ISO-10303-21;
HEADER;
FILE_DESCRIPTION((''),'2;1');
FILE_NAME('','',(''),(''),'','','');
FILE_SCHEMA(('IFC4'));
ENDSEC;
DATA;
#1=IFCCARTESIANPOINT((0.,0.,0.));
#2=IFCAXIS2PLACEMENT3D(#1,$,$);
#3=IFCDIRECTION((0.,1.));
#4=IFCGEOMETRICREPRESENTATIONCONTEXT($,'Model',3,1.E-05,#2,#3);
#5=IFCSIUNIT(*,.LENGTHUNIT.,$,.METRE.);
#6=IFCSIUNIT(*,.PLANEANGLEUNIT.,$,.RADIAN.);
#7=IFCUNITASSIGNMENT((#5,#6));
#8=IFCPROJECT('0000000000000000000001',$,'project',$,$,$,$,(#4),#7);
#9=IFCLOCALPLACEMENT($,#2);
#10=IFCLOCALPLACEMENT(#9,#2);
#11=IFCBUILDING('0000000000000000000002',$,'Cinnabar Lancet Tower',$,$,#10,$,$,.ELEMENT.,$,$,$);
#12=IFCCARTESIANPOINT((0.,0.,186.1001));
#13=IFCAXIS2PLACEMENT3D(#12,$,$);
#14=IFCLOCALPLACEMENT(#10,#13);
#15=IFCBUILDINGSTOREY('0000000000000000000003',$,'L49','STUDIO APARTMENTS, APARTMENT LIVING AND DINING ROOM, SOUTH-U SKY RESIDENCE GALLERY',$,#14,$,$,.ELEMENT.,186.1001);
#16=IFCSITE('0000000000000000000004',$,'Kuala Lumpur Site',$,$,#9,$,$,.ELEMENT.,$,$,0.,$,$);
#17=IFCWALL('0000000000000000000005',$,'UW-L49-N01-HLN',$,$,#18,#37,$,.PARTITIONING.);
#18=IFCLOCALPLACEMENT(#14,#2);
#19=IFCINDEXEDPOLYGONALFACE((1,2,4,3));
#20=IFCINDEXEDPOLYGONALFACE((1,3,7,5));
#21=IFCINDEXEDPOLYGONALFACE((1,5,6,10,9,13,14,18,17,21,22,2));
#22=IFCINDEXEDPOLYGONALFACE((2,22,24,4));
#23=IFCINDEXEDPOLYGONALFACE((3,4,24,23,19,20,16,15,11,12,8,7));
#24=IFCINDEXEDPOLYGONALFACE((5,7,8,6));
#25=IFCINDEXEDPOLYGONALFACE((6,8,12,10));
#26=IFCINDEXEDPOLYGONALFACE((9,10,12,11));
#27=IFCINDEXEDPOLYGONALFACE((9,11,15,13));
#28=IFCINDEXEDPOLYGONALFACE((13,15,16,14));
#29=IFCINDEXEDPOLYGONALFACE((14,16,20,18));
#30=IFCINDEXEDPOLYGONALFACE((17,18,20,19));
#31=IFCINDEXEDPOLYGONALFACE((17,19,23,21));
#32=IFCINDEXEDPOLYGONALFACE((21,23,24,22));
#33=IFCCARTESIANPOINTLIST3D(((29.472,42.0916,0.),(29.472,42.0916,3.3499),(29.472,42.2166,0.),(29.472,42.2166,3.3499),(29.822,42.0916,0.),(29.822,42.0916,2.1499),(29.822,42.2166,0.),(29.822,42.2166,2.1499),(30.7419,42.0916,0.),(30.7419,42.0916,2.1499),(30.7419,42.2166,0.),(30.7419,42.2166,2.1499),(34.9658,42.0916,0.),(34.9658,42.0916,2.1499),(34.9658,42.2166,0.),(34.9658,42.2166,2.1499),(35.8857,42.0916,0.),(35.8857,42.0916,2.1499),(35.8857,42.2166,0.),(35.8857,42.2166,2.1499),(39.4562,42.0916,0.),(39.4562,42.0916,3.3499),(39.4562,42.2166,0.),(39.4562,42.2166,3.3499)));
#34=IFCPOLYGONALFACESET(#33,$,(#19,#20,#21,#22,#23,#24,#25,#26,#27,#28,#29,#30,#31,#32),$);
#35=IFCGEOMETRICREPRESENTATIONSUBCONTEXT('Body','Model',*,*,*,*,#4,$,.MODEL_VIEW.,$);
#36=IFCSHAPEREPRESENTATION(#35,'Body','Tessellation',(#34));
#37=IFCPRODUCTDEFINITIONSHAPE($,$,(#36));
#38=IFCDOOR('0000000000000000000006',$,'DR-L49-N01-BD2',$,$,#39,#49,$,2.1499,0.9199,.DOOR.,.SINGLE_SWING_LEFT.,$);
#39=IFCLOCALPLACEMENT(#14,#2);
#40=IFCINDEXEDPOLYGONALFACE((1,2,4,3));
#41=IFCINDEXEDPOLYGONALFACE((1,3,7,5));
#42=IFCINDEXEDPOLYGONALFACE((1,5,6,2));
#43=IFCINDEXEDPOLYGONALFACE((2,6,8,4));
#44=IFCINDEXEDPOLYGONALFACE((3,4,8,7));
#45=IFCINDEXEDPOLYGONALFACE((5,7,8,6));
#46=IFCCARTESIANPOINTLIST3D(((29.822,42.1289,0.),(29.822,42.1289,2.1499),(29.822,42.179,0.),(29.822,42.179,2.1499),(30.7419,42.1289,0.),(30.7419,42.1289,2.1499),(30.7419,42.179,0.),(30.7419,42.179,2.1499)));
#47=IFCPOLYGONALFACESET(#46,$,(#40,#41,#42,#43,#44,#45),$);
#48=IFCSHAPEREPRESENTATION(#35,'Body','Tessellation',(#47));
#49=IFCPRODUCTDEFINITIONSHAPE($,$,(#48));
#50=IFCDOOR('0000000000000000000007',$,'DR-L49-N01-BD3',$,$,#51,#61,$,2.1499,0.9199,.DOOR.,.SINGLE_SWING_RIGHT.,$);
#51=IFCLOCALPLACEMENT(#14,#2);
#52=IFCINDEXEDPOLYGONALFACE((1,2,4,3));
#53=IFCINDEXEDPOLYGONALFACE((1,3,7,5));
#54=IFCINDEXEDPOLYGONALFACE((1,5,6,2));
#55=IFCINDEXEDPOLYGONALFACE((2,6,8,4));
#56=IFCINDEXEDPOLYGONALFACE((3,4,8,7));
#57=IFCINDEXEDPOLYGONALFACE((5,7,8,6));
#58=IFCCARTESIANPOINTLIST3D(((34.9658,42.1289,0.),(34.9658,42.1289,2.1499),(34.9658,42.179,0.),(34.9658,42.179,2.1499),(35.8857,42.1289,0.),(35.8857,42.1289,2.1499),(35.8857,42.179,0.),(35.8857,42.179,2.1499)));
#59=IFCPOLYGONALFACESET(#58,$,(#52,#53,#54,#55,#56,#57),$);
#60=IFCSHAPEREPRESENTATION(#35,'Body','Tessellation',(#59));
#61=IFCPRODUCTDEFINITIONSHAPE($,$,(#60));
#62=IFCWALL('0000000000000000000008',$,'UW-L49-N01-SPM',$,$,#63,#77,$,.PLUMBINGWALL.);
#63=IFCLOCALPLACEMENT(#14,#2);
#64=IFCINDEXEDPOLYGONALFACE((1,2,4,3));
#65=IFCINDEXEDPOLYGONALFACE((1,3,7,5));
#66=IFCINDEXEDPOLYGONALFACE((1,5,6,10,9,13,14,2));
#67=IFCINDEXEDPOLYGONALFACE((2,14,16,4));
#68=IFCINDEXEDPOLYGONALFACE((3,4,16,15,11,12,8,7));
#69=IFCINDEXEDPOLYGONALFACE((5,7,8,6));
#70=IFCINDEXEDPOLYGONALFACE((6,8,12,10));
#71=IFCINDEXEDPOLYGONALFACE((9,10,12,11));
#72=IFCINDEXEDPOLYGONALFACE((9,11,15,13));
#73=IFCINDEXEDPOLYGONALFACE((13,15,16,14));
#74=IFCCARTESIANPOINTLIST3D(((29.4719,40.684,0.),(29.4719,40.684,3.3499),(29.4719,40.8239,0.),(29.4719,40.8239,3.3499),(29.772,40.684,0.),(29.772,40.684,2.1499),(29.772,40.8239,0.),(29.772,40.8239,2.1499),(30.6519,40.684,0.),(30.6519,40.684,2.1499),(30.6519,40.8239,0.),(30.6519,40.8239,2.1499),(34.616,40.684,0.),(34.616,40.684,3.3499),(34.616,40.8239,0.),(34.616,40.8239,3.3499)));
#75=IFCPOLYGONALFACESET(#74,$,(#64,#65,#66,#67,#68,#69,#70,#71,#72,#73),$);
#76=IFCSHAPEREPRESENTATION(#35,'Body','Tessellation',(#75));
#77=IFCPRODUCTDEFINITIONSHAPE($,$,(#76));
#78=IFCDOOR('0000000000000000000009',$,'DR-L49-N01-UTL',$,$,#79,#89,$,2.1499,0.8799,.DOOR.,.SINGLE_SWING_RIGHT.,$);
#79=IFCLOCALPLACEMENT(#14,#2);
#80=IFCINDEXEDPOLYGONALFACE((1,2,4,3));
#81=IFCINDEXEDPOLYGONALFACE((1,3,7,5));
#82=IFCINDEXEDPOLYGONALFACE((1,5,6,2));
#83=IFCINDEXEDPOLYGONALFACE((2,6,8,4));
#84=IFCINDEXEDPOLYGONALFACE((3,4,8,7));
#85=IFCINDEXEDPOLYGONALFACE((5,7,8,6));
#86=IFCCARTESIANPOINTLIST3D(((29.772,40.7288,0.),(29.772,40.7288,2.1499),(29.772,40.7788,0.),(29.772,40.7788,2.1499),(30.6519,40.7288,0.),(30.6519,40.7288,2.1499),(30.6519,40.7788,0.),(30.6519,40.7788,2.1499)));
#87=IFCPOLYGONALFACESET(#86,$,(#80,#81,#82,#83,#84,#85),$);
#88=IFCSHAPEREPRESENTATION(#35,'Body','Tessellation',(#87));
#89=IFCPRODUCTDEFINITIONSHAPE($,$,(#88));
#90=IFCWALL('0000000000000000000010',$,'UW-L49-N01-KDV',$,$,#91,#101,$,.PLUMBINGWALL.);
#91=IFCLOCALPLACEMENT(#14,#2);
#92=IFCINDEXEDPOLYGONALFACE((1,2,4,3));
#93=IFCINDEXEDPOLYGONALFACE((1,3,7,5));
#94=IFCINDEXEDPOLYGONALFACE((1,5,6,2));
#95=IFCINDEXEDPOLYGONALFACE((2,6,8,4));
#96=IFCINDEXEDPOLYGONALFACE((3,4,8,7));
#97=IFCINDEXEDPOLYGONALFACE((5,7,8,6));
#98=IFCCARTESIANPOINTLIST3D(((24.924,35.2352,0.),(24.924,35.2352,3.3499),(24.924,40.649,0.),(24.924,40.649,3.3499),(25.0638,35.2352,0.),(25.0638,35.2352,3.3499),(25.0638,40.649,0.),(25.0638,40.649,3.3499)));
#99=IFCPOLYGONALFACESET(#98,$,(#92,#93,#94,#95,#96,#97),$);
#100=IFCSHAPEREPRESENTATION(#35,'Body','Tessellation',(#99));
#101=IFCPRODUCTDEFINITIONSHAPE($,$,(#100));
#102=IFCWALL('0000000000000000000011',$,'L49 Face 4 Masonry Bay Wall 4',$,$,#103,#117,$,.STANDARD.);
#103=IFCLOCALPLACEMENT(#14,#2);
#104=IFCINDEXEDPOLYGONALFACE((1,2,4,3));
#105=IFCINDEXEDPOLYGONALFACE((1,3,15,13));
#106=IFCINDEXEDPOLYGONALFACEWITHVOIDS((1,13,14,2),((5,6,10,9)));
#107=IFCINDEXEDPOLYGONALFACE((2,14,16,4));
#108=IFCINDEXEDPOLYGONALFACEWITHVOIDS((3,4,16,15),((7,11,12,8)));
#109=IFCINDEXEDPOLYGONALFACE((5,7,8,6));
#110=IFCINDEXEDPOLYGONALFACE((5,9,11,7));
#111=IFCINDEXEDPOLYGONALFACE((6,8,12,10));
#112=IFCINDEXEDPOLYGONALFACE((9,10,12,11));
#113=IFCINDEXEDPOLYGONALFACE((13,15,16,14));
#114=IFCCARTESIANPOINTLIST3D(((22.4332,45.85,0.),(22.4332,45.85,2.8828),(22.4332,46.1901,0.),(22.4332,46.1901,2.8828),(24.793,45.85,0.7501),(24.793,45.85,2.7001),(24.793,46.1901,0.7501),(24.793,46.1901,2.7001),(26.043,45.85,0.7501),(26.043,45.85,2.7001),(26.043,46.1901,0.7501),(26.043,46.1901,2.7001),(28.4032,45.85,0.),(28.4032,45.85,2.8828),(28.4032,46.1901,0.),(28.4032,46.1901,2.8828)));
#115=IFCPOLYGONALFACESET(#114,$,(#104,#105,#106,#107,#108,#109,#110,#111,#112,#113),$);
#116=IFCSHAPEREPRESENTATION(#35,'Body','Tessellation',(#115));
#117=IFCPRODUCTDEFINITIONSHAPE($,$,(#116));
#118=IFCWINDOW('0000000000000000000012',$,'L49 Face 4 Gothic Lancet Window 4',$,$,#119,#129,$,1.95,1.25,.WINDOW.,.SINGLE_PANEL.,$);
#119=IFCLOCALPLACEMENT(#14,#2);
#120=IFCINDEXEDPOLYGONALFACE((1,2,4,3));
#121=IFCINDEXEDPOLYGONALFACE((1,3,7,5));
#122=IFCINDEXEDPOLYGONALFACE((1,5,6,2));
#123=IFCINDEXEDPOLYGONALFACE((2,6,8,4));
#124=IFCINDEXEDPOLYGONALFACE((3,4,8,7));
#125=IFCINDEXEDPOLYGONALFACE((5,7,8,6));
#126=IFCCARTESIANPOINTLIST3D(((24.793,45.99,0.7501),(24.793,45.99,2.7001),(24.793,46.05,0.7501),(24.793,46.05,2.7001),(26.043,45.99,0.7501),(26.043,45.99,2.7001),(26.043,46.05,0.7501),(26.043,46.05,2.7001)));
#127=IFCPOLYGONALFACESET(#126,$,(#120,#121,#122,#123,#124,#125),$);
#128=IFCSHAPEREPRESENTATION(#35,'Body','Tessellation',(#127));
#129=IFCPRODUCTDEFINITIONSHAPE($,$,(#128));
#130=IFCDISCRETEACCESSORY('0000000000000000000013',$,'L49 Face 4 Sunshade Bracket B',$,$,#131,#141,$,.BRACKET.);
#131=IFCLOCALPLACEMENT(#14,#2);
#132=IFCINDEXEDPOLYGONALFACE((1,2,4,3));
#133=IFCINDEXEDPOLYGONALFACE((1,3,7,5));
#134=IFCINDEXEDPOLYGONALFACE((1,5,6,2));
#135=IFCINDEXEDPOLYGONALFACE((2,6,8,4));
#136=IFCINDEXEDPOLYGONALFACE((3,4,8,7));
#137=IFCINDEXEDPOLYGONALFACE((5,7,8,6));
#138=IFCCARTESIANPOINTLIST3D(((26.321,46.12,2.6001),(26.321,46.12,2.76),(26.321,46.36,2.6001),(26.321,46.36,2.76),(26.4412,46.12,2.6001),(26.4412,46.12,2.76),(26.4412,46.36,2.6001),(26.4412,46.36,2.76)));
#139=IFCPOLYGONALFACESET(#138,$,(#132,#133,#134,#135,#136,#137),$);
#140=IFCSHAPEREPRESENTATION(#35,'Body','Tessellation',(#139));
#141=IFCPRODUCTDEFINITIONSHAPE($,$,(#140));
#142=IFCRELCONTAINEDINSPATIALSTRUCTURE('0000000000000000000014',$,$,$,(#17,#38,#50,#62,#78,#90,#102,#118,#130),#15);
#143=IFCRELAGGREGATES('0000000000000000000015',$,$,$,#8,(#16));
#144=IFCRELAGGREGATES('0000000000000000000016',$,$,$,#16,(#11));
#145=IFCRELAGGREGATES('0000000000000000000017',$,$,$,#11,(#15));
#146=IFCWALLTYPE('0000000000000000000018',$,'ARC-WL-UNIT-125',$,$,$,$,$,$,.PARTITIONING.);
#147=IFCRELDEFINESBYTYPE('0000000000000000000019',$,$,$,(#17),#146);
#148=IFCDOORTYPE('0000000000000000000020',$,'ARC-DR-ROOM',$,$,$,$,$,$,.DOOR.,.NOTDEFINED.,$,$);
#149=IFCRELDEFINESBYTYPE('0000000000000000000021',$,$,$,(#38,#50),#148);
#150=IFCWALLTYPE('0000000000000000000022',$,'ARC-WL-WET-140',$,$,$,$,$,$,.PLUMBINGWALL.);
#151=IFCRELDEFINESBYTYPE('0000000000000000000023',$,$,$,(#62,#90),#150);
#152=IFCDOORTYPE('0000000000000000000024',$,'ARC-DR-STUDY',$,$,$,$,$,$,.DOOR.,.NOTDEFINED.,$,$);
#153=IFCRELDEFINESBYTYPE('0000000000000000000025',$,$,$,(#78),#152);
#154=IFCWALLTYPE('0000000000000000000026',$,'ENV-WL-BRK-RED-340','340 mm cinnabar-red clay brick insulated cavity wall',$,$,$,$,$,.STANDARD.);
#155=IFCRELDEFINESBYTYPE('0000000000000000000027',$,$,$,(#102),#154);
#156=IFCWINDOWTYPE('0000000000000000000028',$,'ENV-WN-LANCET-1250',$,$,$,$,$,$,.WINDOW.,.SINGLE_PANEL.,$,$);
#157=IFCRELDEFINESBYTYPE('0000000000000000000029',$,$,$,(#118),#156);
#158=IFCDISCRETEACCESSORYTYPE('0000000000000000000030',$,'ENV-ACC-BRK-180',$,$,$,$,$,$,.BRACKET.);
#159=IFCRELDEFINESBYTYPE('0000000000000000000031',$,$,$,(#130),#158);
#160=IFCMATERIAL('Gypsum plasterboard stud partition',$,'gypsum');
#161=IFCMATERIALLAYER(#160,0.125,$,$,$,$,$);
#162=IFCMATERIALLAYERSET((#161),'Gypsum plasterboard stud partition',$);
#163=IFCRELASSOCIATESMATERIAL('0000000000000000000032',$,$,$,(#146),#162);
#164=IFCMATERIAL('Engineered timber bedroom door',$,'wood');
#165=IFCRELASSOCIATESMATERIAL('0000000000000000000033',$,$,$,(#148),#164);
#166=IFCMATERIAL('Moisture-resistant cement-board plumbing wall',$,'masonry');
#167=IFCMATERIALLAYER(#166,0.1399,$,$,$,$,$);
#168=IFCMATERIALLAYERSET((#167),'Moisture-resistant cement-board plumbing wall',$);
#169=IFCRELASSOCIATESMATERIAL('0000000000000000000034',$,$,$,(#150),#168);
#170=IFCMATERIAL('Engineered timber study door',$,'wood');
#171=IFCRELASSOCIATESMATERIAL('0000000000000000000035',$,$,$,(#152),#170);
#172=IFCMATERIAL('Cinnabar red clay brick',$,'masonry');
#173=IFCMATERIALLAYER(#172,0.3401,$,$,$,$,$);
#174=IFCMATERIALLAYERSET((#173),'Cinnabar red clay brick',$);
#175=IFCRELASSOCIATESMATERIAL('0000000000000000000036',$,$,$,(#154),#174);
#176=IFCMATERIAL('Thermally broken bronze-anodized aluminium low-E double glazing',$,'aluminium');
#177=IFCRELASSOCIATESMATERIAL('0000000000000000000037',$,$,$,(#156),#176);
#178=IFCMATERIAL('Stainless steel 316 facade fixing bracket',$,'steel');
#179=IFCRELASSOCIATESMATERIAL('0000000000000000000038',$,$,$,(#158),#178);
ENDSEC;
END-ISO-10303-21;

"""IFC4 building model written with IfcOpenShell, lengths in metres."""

from ifc_helpers import new_model, si_unit, direction, frame, frame_2d, origin, origin_2d, place, context, subcontext, project, spatial, rectangle, extrude, material, layer, layer_set, type_object, element, fill, save


model = new_model("IFC4")

# Units and contexts
model_context = context("Model", 3, precision=1e-05, world=origin(), true_north=direction((0.0, 1.0)))
body_context = subcontext(model_context, "Body", "Model", "MODEL_VIEW")
ifc_project = project(units=[si_unit("LENGTHUNIT", "METRE"), si_unit("PLANEANGLEUNIT", "RADIAN")], contexts=[model_context])

# Site, building, storey
site_placement = place(None, origin())
site = spatial("IfcSite", under=ifc_project, at=site_placement, Name="Kuala Lumpur Site", CompositionType="ELEMENT", RefElevation=0.0)
building_placement = place(site_placement, origin())
building = spatial("IfcBuilding", under=site, at=building_placement, Name="Cinnabar Lancet Tower", CompositionType="ELEMENT")
storey_placement = place(building_placement, frame((0.0, 0.0, 186.1001)))
storey = spatial("IfcBuildingStorey", under=building, at=storey_placement, Name="L49", Description="STUDIO APARTMENTS, APARTMENT LIVING AND DINING ROOM, SOUTH-U SKY RESIDENCE GALLERY", CompositionType="ELEMENT", Elevation=186.1001)

# Shared definitions
ifc_material_1 = material(Name="Gypsum plasterboard stud partition", Category="gypsum")
ifc_layer_1 = layer(ifc_material_1, 0.125)
ifc_layer_set_1 = layer_set([ifc_layer_1], Name="Gypsum plasterboard stud partition")
wall_type_1 = type_object("IfcWallType", Name="ARC-WL-UNIT-125", PredefinedType="PARTITIONING", material=ifc_layer_set_1)

# Wall, openings, doors
wall_1_placement = place(storey_placement, frame((29.4719, 42.1541, 0.0), z_axis=(0.0, 0.0, 1.0), x_axis=(1.0, 0.0, 0.0)))
wall_1 = element("IfcWall", 1, at=wall_1_placement, inside=storey, type_object=wall_type_1, Name="UW-L49-N01-HLN", PredefinedType="PARTITIONING", context=body_context, shape_type="SweptSolid", body=[
    extrude(rectangle(XDim=9.9841, YDim=0.125, at=frame_2d((4.9922, 0.0))), origin(), (0.0, 0.0, 1.0), 3.3499),
])
opening_1_placement = place(wall_1_placement, frame((0.3501, 0.0, 0.0)))
opening_1 = element("IfcOpeningElement", 2, at=opening_1_placement, cuts=wall_1, PredefinedType="OPENING", context=body_context, shape_type="SweptSolid", body=[
    extrude(rectangle(XDim=0.9199, YDim=2.1499, at=frame_2d((0.46, 1.075))), frame((0.0, 0.0725, 0.0), z_axis=(0.0, -1.0, 0.0), x_axis=(1.0, 0.0, 0.0)), (0.0, 0.0, 1.0), 0.145),
])
opening_2_placement = place(wall_1_placement, frame((5.4939, 0.0, 0.0)))
opening_2 = element("IfcOpeningElement", 3, at=opening_2_placement, cuts=wall_1, PredefinedType="OPENING", context=body_context, shape_type="SweptSolid", body=[
    extrude(rectangle(XDim=0.9199, YDim=2.1499, at=frame_2d((0.46, 1.075))), frame((0.0, 0.0725, 0.0), z_axis=(0.0, -1.0, 0.0), x_axis=(1.0, 0.0, 0.0)), (0.0, 0.0, 1.0), 0.145),
])
ifc_material_2 = material(Name="Engineered timber bedroom door", Category="wood")
door_type_1 = type_object("IfcDoorType", Name="ARC-DR-ROOM", OperationType="NOTDEFINED", PredefinedType="DOOR", material=ifc_material_2)
door_1_placement = place(opening_1_placement, origin())
door_1 = element("IfcDoor", 4, at=door_1_placement, inside=storey, type_object=door_type_1, Name="DR-L49-N01-BD2", OperationType="SINGLE_SWING_LEFT", OverallHeight=2.1499, OverallWidth=0.9199, PredefinedType="DOOR", context=body_context, shape_type="SweptSolid", body=[
    extrude(rectangle(XDim=0.9199, YDim=2.1499, at=frame_2d((0.46, 1.075))), frame((0.0, 0.0249, 0.0), z_axis=(0.0, -1.0, 0.0), x_axis=(1.0, 0.0, 0.0)), (0.0, 0.0, 1.0), 0.05),
])
fill(opening_1, door_1)
door_2_placement = place(opening_2_placement, origin())
door_2 = element("IfcDoor", 5, at=door_2_placement, inside=storey, type_object=door_type_1, Name="DR-L49-N01-BD3", OperationType="SINGLE_SWING_RIGHT", OverallHeight=2.1499, OverallWidth=0.9199, PredefinedType="DOOR", context=body_context, shape_type="SweptSolid", body=[
    extrude(rectangle(XDim=0.9199, YDim=2.1499, at=frame_2d((0.46, 1.075))), frame((0.0, 0.0249, 0.0), z_axis=(0.0, -1.0, 0.0), x_axis=(1.0, 0.0, 0.0)), (0.0, 0.0, 1.0), 0.05),
])
fill(opening_2, door_2)
ifc_material_3 = material(Name="Moisture-resistant cement-board plumbing wall", Category="masonry")
ifc_layer_2 = layer(ifc_material_3, 0.1399)
ifc_layer_set_2 = layer_set([ifc_layer_2], Name="Moisture-resistant cement-board plumbing wall")
wall_type_2 = type_object("IfcWallType", Name="ARC-WL-WET-140", PredefinedType="PLUMBINGWALL", material=ifc_layer_set_2)
ifc_material_4 = material(Name="Engineered timber study door", Category="wood")
door_type_2 = type_object("IfcDoorType", Name="ARC-DR-STUDY", OperationType="NOTDEFINED", PredefinedType="DOOR", material=ifc_material_4)

# Wall, opening, door
wall_2_placement = place(storey_placement, frame((29.4719, 40.7539, 0.0), z_axis=(0.0, 0.0, 1.0), x_axis=(1.0, 0.0, 0.0)))
wall_2 = element("IfcWall", 6, at=wall_2_placement, inside=storey, type_object=wall_type_2, Name="UW-L49-N01-SPM", PredefinedType="PLUMBINGWALL", context=body_context, shape_type="SweptSolid", body=[
    extrude(rectangle(XDim=5.144, YDim=0.1399, at=frame_2d((2.572, 0.0))), origin(), (0.0, 0.0, 1.0), 3.3499),
])
opening_3_placement = place(wall_2_placement, frame((0.3, 0.0, 0.0)))
opening_3 = element("IfcOpeningElement", 7, at=opening_3_placement, cuts=wall_2, PredefinedType="OPENING", context=body_context, shape_type="SweptSolid", body=[
    extrude(rectangle(XDim=0.8799, YDim=2.1499, at=frame_2d((0.4399, 1.075))), frame((0.0, 0.0798, 0.0), z_axis=(0.0, -1.0, 0.0), x_axis=(1.0, 0.0, 0.0)), (0.0, 0.0, 1.0), 0.1599),
])
door_3_placement = place(opening_3_placement, origin())
door_3 = element("IfcDoor", 8, at=door_3_placement, inside=storey, type_object=door_type_2, Name="DR-L49-N01-UTL", OperationType="SINGLE_SWING_RIGHT", OverallHeight=2.1499, OverallWidth=0.8799, PredefinedType="DOOR", context=body_context, shape_type="SweptSolid", body=[
    extrude(rectangle(XDim=0.8799, YDim=2.1499, at=frame_2d((0.4399, 1.075))), frame((0.0, 0.0249, 0.0), z_axis=(0.0, -1.0, 0.0), x_axis=(1.0, 0.0, 0.0)), (0.0, 0.0, 1.0), 0.05),
])
fill(opening_3, door_3)

# Wall
wall_3_placement = place(storey_placement, frame((24.9939, 35.2351, 0.0), z_axis=(0.0, 0.0, 1.0), x_axis=(0.0, 1.0, 0.0)))
element("IfcWall", 9, at=wall_3_placement, inside=storey, type_object=wall_type_2, Name="UW-L49-N01-KDV", PredefinedType="PLUMBINGWALL", context=body_context, shape_type="SweptSolid", body=[
    extrude(rectangle(XDim=5.4138, YDim=0.1399, at=frame_2d((2.707, 0.0))), origin(), (0.0, 0.0, 1.0), 3.3499),
])

# Wall, opening, window
ifc_material_5 = material(Name="Cinnabar red clay brick", Category="masonry")
ifc_layer_3 = layer(ifc_material_5, 0.3401)
ifc_layer_set_3 = layer_set([ifc_layer_3], Name="Cinnabar red clay brick")
wall_type_3 = type_object("IfcWallType", Name="ENV-WL-BRK-RED-340", Description="340 mm cinnabar-red clay brick insulated cavity wall", PredefinedType="STANDARD", material=ifc_layer_set_3)
wall_4_placement = place(storey_placement, frame((28.4031, 46.02, 0.0), z_axis=(0.0, 0.0, 1.0), x_axis=(-1.0, 0.0, 0.0)))
wall_4 = element("IfcWall", 10, at=wall_4_placement, inside=storey, type_object=wall_type_3, Name="L49 Face 4 Masonry Bay Wall 4", PredefinedType="STANDARD", context=body_context, shape_type="SweptSolid", body=[
    extrude(rectangle(XDim=5.97, YDim=0.3401, at=frame_2d((2.9849, 0.0))), origin(), (0.0, 0.0, 1.0), 2.8828),
])
opening_4_placement = place(wall_4_placement, frame((2.3601, 0.0, 0.75)))
opening_4 = element("IfcOpeningElement", 11, at=opening_4_placement, cuts=wall_4, PredefinedType="OPENING", context=body_context, shape_type="SweptSolid", body=[
    extrude(rectangle(XDim=1.25, YDim=1.95, at=frame_2d((0.625, 0.9751))), frame((0.0, 0.1799, 0.0), z_axis=(0.0, -1.0, 0.0), x_axis=(1.0, 0.0, 0.0)), (0.0, 0.0, 1.0), 0.3601),
])
ifc_material_6 = material(Name="Thermally broken bronze-anodized aluminium low-E double glazing", Category="aluminium")
window_type = type_object("IfcWindowType", Name="ENV-WN-LANCET-1250", PartitioningType="SINGLE_PANEL", PredefinedType="WINDOW", material=ifc_material_6)
window_placement = place(opening_4_placement, origin())
window = element("IfcWindow", 12, at=window_placement, inside=storey, type_object=window_type, Name="L49 Face 4 Gothic Lancet Window 4", OverallHeight=1.95, OverallWidth=1.25, PartitioningType="SINGLE_PANEL", PredefinedType="WINDOW", context=body_context, shape_type="SweptSolid", body=[
    extrude(rectangle(XDim=1.25, YDim=1.95, at=frame_2d((0.625, 0.9751))), frame((0.0, 0.03, 0.0), z_axis=(0.0, -1.0, 0.0), x_axis=(1.0, 0.0, 0.0)), (0.0, 0.0, 1.0), 0.0601),
])
fill(opening_4, window)

# Discrete accessory
ifc_material_7 = material(Name="Stainless steel 316 facade fixing bracket", Category="steel")
discrete_accessory_type = type_object("IfcDiscreteAccessoryType", Name="ENV-ACC-BRK-180", PredefinedType="BRACKET", material=ifc_material_7)
discrete_accessory_placement = place(storey_placement, frame((26.3811, 46.24, 2.6001), z_axis=(0.0, 0.0, 1.0), x_axis=(-1.0, 0.0, 0.0)))
element("IfcDiscreteAccessory", 13, at=discrete_accessory_placement, inside=storey, type_object=discrete_accessory_type, Name="L49 Face 4 Sunshade Bracket B", PredefinedType="BRACKET", context=body_context, shape_type="SweptSolid", body=[
    extrude(rectangle(XDim=0.1201, YDim=0.24, at=origin_2d()), origin(), (0.0, 0.0, 1.0), 0.1599),
])

save(model, "model.ifc")
